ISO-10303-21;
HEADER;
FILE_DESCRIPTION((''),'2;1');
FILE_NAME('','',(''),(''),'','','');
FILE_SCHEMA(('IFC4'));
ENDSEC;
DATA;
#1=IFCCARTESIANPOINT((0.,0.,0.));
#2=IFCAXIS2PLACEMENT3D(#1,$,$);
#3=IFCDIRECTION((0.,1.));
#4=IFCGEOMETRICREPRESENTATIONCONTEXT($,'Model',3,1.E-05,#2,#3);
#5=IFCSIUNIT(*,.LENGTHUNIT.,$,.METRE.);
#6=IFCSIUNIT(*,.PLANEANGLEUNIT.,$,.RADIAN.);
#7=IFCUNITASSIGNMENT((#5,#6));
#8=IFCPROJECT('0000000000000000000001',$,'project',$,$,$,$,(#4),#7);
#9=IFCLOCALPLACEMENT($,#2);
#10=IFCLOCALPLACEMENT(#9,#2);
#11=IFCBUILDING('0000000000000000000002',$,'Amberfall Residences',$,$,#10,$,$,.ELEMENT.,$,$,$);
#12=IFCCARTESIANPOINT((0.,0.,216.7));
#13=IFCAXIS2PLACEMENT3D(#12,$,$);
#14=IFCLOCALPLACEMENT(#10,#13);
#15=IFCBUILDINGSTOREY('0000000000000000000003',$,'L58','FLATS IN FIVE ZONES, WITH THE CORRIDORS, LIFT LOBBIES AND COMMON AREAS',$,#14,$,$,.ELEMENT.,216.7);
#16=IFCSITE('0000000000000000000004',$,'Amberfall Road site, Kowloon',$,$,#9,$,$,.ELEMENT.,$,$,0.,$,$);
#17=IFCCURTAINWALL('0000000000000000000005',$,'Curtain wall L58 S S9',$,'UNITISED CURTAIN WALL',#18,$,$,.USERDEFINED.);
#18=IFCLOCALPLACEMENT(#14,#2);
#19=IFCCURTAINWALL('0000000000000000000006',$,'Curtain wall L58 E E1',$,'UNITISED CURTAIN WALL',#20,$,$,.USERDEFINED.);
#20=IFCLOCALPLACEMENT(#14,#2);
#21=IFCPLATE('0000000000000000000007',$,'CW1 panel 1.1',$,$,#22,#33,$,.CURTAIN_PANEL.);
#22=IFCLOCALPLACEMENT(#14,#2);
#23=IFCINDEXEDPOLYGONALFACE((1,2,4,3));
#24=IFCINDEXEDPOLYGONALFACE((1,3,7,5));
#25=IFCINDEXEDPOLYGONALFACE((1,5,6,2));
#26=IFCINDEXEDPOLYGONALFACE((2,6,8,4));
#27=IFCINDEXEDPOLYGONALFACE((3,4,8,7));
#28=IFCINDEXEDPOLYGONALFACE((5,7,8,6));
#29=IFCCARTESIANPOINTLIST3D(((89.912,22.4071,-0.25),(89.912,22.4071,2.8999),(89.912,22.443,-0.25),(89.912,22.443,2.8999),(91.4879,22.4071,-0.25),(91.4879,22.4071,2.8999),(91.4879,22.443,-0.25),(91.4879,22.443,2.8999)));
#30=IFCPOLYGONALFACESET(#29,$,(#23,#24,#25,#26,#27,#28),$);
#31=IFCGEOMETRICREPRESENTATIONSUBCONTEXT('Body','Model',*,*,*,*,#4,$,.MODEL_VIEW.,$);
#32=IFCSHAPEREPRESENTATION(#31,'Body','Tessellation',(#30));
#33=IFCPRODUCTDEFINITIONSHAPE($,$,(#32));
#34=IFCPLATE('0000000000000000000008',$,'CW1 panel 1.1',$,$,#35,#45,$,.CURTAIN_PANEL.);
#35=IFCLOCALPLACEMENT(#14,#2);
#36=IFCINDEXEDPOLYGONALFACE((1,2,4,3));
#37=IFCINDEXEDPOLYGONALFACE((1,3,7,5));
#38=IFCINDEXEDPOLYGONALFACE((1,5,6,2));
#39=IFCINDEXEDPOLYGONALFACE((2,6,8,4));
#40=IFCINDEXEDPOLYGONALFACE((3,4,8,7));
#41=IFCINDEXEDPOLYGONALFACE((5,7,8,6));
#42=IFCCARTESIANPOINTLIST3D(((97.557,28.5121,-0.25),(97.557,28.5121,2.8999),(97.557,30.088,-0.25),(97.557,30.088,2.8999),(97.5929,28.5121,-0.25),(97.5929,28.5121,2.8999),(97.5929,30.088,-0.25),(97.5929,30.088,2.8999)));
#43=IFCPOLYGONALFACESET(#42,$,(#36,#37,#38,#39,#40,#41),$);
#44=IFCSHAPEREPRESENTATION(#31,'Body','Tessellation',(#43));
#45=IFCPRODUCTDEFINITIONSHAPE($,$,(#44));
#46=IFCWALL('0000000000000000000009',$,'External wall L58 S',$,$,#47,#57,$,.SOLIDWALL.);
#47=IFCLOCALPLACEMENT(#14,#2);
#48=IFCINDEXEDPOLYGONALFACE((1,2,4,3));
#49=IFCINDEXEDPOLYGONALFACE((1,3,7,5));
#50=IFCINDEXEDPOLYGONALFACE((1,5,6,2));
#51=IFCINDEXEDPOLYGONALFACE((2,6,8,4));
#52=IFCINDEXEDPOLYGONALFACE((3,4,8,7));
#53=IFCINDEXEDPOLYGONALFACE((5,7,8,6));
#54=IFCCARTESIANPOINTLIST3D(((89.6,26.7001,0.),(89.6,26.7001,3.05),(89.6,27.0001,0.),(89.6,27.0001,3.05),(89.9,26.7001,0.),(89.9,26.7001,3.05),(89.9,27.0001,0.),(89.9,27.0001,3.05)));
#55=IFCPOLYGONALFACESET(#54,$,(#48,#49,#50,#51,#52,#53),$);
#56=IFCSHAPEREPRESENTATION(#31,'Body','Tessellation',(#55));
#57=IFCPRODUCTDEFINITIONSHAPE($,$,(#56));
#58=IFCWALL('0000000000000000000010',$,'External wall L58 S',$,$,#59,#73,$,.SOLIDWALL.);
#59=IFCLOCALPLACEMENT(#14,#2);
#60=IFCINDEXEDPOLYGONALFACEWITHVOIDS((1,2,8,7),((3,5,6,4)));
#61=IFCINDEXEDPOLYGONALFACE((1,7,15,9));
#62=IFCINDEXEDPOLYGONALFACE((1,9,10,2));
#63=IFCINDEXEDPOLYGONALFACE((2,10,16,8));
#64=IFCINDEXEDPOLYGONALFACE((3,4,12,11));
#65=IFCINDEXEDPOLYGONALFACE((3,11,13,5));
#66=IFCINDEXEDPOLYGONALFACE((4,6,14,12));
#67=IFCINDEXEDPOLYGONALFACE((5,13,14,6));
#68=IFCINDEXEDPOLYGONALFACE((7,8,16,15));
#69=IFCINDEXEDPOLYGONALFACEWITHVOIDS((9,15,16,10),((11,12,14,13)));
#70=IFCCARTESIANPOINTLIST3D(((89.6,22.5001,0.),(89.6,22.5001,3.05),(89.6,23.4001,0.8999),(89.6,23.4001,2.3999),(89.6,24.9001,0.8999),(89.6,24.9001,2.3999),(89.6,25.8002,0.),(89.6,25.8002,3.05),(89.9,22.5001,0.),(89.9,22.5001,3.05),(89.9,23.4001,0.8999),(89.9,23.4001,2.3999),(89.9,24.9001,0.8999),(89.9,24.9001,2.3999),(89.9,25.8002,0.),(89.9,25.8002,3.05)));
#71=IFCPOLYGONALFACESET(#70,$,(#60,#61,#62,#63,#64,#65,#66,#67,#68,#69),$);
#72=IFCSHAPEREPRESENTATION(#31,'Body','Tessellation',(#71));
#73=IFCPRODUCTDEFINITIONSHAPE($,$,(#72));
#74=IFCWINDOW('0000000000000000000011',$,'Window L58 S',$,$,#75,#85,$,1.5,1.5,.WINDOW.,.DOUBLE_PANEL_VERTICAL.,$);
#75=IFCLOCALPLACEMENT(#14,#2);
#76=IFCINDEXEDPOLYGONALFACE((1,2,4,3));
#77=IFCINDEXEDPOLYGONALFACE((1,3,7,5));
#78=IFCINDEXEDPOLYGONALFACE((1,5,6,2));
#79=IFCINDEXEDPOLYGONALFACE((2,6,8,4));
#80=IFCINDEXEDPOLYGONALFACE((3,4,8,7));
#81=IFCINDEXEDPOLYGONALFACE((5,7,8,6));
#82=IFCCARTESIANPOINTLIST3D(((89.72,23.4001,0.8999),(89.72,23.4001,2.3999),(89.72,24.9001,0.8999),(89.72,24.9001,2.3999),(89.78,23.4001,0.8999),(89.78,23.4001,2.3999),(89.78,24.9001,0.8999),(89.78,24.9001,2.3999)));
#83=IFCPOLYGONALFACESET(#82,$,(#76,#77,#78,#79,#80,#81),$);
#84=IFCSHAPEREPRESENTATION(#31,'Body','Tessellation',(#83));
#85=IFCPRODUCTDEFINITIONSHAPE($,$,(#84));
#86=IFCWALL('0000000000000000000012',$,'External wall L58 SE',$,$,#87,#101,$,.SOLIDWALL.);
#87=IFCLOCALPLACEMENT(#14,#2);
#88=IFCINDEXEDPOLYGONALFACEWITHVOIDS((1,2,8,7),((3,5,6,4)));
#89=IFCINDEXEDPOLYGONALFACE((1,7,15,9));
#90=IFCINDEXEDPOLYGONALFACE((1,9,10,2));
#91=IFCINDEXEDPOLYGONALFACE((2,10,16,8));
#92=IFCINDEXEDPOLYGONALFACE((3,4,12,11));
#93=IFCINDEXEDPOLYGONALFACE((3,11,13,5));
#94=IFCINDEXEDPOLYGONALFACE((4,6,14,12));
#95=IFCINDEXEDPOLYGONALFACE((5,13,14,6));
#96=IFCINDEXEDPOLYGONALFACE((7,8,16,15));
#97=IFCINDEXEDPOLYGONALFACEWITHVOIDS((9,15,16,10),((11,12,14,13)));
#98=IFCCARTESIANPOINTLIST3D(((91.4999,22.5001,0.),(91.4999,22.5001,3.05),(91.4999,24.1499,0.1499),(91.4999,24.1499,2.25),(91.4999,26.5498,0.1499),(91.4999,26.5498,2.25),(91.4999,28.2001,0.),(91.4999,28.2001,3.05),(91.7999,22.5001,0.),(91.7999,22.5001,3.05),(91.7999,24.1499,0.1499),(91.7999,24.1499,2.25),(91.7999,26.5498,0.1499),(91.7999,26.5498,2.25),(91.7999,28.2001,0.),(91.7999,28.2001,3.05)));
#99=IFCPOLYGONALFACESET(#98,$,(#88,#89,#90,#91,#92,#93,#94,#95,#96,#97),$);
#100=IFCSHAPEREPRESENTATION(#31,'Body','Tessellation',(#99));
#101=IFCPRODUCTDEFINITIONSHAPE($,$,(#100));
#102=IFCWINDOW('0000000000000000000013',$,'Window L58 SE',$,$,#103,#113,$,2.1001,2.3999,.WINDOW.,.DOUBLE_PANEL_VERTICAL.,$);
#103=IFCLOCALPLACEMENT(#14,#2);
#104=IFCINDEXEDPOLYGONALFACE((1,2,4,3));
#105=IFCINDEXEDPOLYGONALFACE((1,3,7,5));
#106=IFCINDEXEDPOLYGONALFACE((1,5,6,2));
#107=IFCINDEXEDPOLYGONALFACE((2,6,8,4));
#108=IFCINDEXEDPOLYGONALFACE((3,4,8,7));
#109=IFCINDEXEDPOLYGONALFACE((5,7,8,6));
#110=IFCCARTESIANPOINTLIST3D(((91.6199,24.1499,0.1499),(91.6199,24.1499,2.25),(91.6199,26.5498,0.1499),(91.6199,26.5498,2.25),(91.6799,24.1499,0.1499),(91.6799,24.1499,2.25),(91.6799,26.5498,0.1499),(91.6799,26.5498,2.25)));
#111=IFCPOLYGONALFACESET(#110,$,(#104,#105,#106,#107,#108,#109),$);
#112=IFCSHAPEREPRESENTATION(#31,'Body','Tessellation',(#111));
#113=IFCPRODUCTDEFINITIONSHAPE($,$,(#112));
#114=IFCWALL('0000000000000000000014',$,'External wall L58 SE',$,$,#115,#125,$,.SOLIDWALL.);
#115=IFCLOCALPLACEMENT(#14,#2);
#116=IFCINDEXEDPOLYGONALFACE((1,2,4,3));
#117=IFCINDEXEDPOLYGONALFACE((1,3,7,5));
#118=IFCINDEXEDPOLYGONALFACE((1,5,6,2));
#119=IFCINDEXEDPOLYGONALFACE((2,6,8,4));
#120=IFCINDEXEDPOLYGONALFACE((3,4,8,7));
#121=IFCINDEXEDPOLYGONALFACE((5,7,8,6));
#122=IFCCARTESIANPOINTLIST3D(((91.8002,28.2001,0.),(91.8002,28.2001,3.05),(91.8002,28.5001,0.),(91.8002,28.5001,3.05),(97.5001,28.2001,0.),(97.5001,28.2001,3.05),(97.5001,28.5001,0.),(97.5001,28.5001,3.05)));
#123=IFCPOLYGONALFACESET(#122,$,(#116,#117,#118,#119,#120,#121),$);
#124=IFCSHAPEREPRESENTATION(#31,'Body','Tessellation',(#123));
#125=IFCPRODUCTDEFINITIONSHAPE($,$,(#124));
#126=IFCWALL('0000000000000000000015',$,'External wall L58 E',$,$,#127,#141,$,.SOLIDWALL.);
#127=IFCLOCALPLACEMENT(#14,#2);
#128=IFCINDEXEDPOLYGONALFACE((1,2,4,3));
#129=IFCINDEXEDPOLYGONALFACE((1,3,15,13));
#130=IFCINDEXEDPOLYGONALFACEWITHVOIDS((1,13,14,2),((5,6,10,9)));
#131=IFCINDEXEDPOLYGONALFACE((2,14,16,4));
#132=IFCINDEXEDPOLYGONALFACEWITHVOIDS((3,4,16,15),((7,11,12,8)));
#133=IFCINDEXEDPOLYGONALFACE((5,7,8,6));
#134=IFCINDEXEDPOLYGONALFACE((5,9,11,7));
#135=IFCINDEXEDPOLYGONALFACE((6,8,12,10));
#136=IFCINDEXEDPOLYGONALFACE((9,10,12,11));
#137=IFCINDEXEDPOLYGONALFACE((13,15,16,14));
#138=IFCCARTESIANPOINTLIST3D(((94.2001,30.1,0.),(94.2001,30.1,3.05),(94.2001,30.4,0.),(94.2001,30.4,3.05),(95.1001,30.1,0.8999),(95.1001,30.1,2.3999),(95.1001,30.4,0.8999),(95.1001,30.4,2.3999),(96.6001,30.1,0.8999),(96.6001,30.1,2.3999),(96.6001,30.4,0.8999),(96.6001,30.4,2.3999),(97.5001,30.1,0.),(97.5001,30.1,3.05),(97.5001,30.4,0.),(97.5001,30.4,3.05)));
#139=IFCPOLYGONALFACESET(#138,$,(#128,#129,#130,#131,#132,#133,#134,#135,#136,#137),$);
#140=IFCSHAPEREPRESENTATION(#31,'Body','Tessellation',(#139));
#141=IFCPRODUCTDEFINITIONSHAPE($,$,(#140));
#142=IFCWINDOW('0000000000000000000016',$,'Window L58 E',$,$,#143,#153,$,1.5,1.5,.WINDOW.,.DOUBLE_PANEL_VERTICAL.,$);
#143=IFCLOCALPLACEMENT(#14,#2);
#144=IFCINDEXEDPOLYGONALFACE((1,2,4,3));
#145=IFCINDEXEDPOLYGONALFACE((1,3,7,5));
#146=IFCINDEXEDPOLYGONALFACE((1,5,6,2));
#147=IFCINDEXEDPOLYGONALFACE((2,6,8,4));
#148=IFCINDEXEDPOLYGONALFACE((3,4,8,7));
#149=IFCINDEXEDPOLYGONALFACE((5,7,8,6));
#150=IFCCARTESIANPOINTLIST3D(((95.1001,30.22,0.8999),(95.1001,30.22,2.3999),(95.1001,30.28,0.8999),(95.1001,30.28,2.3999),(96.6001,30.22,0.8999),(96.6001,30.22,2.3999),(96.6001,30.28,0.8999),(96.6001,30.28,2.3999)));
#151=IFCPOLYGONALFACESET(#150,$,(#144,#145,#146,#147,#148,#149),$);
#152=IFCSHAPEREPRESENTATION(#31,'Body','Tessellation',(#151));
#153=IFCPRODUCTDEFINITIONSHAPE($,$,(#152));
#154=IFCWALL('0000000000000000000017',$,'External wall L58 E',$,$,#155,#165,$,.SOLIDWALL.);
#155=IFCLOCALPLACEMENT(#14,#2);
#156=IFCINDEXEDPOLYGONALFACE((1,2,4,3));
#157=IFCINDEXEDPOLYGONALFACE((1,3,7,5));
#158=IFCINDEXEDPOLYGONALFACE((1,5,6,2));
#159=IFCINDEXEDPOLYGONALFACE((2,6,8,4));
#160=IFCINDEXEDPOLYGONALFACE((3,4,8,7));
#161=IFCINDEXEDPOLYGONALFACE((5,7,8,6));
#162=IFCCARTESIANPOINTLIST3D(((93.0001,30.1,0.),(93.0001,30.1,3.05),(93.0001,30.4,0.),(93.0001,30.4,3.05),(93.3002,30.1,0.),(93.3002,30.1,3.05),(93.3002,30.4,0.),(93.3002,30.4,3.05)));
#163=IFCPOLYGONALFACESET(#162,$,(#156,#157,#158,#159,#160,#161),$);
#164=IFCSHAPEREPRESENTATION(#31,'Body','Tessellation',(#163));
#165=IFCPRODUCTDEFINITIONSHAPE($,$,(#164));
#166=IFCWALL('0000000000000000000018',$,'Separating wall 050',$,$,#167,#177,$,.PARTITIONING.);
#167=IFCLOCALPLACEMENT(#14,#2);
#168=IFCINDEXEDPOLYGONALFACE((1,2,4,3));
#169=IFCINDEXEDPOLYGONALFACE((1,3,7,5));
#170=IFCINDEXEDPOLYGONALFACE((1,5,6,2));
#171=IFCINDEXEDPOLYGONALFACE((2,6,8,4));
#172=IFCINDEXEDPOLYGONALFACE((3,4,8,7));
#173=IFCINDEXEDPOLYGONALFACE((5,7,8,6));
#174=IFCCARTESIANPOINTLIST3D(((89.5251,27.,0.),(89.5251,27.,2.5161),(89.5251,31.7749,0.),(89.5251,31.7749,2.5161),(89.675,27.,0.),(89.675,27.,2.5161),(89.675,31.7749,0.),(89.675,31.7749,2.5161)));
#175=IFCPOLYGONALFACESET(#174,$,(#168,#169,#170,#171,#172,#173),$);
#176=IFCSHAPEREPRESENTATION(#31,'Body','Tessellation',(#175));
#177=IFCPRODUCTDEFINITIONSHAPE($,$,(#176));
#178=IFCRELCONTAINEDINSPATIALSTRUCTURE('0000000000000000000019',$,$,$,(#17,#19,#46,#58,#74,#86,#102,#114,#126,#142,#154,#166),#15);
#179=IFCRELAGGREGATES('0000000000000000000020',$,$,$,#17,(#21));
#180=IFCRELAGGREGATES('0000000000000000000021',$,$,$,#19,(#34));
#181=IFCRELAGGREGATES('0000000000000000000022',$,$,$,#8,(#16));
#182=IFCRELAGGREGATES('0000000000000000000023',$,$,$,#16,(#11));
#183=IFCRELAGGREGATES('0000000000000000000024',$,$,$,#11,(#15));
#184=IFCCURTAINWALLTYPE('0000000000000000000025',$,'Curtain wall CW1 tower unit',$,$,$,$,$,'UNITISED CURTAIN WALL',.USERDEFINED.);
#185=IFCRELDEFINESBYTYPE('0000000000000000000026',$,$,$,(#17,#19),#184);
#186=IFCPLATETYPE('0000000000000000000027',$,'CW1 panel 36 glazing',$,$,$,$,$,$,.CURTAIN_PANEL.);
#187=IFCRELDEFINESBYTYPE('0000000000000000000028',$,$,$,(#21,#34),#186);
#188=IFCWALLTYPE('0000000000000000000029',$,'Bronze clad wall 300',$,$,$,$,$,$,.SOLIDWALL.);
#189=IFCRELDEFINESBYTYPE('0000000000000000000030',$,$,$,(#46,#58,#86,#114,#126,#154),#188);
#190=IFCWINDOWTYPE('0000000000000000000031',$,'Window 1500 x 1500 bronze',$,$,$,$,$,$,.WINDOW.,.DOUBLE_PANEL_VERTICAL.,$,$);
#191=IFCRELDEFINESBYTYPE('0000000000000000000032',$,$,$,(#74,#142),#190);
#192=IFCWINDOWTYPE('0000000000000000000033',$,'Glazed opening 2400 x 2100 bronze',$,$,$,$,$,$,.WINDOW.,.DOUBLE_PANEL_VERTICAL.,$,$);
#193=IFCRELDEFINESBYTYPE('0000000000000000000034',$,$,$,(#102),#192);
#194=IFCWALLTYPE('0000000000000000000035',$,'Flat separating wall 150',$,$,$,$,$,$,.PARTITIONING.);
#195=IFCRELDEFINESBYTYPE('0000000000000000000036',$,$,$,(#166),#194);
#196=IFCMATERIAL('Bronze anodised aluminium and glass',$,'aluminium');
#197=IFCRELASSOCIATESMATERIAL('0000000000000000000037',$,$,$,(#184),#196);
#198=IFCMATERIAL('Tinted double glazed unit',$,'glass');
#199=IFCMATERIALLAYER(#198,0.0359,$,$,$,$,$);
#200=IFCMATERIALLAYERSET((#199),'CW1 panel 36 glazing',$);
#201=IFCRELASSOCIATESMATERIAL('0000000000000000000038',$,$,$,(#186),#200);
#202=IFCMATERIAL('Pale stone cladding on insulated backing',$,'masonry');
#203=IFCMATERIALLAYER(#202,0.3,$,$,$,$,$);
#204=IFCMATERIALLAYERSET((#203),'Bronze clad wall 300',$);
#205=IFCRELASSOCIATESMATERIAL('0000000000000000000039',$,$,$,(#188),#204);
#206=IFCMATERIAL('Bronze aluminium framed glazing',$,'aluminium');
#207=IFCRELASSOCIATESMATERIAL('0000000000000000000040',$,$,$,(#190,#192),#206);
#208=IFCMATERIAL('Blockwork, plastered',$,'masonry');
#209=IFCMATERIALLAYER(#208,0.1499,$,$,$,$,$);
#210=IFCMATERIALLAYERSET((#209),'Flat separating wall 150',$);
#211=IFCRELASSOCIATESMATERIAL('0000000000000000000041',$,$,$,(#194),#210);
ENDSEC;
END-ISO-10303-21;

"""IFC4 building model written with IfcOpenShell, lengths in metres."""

from ifc_helpers import new_model, si_unit, direction, frame, frame_2d, origin, origin_2d, place, context, subcontext, project, spatial, rectangle, extrude, material, layer, layer_set, type_object, element, fill, aggregate, save


model = new_model("IFC4")

# Units and contexts
model_context = context("Model", 3, precision=1e-05, world=origin(), true_north=direction((0.0, 1.0)))
body_context = subcontext(model_context, "Body", "Model", "MODEL_VIEW")
ifc_project = project(units=[si_unit("LENGTHUNIT", "METRE"), si_unit("PLANEANGLEUNIT", "RADIAN")], contexts=[model_context])

# Site, building, storey
site_placement = place(None, origin())
site = spatial("IfcSite", under=ifc_project, at=site_placement, Name="Amberfall Road site, Kowloon", CompositionType="ELEMENT", RefElevation=0.0)
building_placement = place(site_placement, origin())
building = spatial("IfcBuilding", under=site, at=building_placement, Name="Amberfall Residences", CompositionType="ELEMENT")
storey_placement = place(building_placement, frame((0.0, 0.0, 216.7)))
storey = spatial("IfcBuildingStorey", under=building, at=storey_placement, Name="L58", Description="FLATS IN FIVE ZONES, WITH THE CORRIDORS, LIFT LOBBIES AND COMMON AREAS", CompositionType="ELEMENT", Elevation=216.7)

# Curtain walls
ifc_material_1 = material(Name="Bronze anodised aluminium and glass", Category="aluminium")
curtain_wall_type = type_object("IfcCurtainWallType", Name="Curtain wall CW1 tower unit", ElementType="UNITISED CURTAIN WALL", PredefinedType="USERDEFINED", material=ifc_material_1)
curtain_wall_1_placement = place(storey_placement, origin())
curtain_wall_1 = element("IfcCurtainWall", 1, at=curtain_wall_1_placement, inside=storey, type_object=curtain_wall_type, Name="Curtain wall L58 S S9", ObjectType="UNITISED CURTAIN WALL", PredefinedType="USERDEFINED")
curtain_wall_2_placement = place(storey_placement, origin())
curtain_wall_2 = element("IfcCurtainWall", 2, at=curtain_wall_2_placement, inside=storey, type_object=curtain_wall_type, Name="Curtain wall L58 E E1", ObjectType="UNITISED CURTAIN WALL", PredefinedType="USERDEFINED")

# Plates
ifc_material_2 = material(Name="Tinted double glazed unit", Category="glass")
ifc_layer_1 = layer(ifc_material_2, 0.0359)
ifc_layer_set_1 = layer_set([ifc_layer_1], Name="CW1 panel 36 glazing")
plate_type = type_object("IfcPlateType", Name="CW1 panel 36 glazing", PredefinedType="CURTAIN_PANEL", material=ifc_layer_set_1)
plate_1_placement = place(storey_placement, frame((90.7, 22.425, -0.25), z_axis=(0.0, 0.0, 1.0), x_axis=(1.0, 0.0, 0.0)))
plate_1 = element("IfcPlate", 3, at=plate_1_placement, type_object=plate_type, Name="CW1 panel 1.1", PredefinedType="CURTAIN_PANEL", context=body_context, shape_type="SweptSolid", body=[
    extrude(rectangle(XDim=1.5759, YDim=0.0359, at=origin_2d()), origin(), (0.0, 0.0, 1.0), 3.1499),
])
aggregate(curtain_wall_1, [plate_1])
plate_2_placement = place(storey_placement, frame((97.575, 29.3, -0.25), z_axis=(0.0, 0.0, 1.0), x_axis=(0.0, 1.0, 0.0)))
plate_2 = element("IfcPlate", 4, at=plate_2_placement, type_object=plate_type, Name="CW1 panel 1.1", PredefinedType="CURTAIN_PANEL", context=body_context, shape_type="SweptSolid", body=[
    extrude(rectangle(XDim=1.5759, YDim=0.0359, at=origin_2d()), origin(), (0.0, 0.0, 1.0), 3.1499),
])
aggregate(curtain_wall_2, [plate_2])

# Wall
ifc_material_3 = material(Name="Pale stone cladding on insulated backing", Category="masonry")
ifc_layer_2 = layer(ifc_material_3, 0.3)
ifc_layer_set_2 = layer_set([ifc_layer_2], Name="Bronze clad wall 300")
wall_type_1 = type_object("IfcWallType", Name="Bronze clad wall 300", PredefinedType="SOLIDWALL", material=ifc_layer_set_2)
wall_1_placement = place(storey_placement, frame((89.75, 27.0, 0.0), z_axis=(0.0, 0.0, 1.0), x_axis=(0.0, -1.0, 0.0)))
element("IfcWall", 5, at=wall_1_placement, inside=storey, type_object=wall_type_1, Name="External wall L58 S", PredefinedType="SOLIDWALL", context=body_context, shape_type="SweptSolid", body=[
    extrude(rectangle(XDim=0.3, YDim=0.3, at=frame_2d((0.1499, 0.0))), origin(), (0.0, 0.0, 1.0), 3.05),
])

# Walls, openings, windows
wall_2_placement = place(storey_placement, frame((89.75, 25.8, 0.0), z_axis=(0.0, 0.0, 1.0), x_axis=(0.0, -1.0, 0.0)))
wall_2 = element("IfcWall", 6, at=wall_2_placement, inside=storey, type_object=wall_type_1, Name="External wall L58 S", PredefinedType="SOLIDWALL", context=body_context, shape_type="SweptSolid", body=[
    extrude(rectangle(XDim=3.3, YDim=0.3, at=frame_2d((1.6499, 0.0))), origin(), (0.0, 0.0, 1.0), 3.05),
])
opening_1_placement = place(wall_2_placement, frame((0.8999, 0.0, 0.8999)))
opening_1 = element("IfcOpeningElement", 7, at=opening_1_placement, cuts=wall_2, PredefinedType="OPENING", context=body_context, shape_type="SweptSolid", body=[
    extrude(rectangle(XDim=1.5, YDim=1.5, at=frame_2d((0.75, 0.75))), frame((0.0, 0.1599, 0.0), z_axis=(0.0, -1.0, 0.0), x_axis=(1.0, 0.0, 0.0)), (0.0, 0.0, 1.0), 0.3201),
])
ifc_material_4 = material(Name="Bronze aluminium framed glazing", Category="aluminium")
window_type_1 = type_object("IfcWindowType", Name="Window 1500 x 1500 bronze", PartitioningType="DOUBLE_PANEL_VERTICAL", PredefinedType="WINDOW", material=ifc_material_4)
window_1_placement = place(opening_1_placement, origin())
window_1 = element("IfcWindow", 8, at=window_1_placement, inside=storey, type_object=window_type_1, Name="Window L58 S", OverallHeight=1.5, OverallWidth=1.5, PartitioningType="DOUBLE_PANEL_VERTICAL", PredefinedType="WINDOW", context=body_context, shape_type="SweptSolid", body=[
    extrude(rectangle(XDim=1.5, YDim=1.5, at=frame_2d((0.75, 0.75))), frame((0.0, 0.03, 0.0), z_axis=(0.0, -1.0, 0.0), x_axis=(1.0, 0.0, 0.0)), (0.0, 0.0, 1.0), 0.0601),
])
fill(opening_1, window_1)
wall_3_placement = place(storey_placement, frame((91.6499, 22.5, 0.0), z_axis=(0.0, 0.0, 1.0), x_axis=(0.0, 1.0, 0.0)))
wall_3 = element("IfcWall", 9, at=wall_3_placement, inside=storey, type_object=wall_type_1, Name="External wall L58 SE", PredefinedType="SOLIDWALL", context=body_context, shape_type="SweptSolid", body=[
    extrude(rectangle(XDim=5.7, YDim=0.3, at=frame_2d((2.8501, 0.0))), origin(), (0.0, 0.0, 1.0), 3.05),
])
opening_2_placement = place(wall_3_placement, frame((1.6499, 0.0, 0.1499)))
opening_2 = element("IfcOpeningElement", 10, at=opening_2_placement, cuts=wall_3, PredefinedType="OPENING", context=body_context, shape_type="SweptSolid", body=[
    extrude(rectangle(XDim=2.3999, YDim=2.1001, at=frame_2d((1.2, 1.05))), frame((0.0, 0.1599, 0.0), z_axis=(0.0, -1.0, 0.0), x_axis=(1.0, 0.0, 0.0)), (0.0, 0.0, 1.0), 0.3201),
])
window_type_2 = type_object("IfcWindowType", Name="Glazed opening 2400 x 2100 bronze", PartitioningType="DOUBLE_PANEL_VERTICAL", PredefinedType="WINDOW", material=ifc_material_4)
window_2_placement = place(opening_2_placement, origin())
window_2 = element("IfcWindow", 11, at=window_2_placement, inside=storey, type_object=window_type_2, Name="Window L58 SE", OverallHeight=2.1001, OverallWidth=2.3999, PartitioningType="DOUBLE_PANEL_VERTICAL", PredefinedType="WINDOW", context=body_context, shape_type="SweptSolid", body=[
    extrude(rectangle(XDim=2.3999, YDim=2.1001, at=frame_2d((1.2, 1.05))), frame((0.0, 0.03, 0.0), z_axis=(0.0, -1.0, 0.0), x_axis=(1.0, 0.0, 0.0)), (0.0, 0.0, 1.0), 0.0601),
])
fill(opening_2, window_2)

# Wall
wall_4_placement = place(storey_placement, frame((91.8, 28.3501, 0.0), z_axis=(0.0, 0.0, 1.0), x_axis=(1.0, 0.0, 0.0)))
element("IfcWall", 12, at=wall_4_placement, inside=storey, type_object=wall_type_1, Name="External wall L58 SE", PredefinedType="SOLIDWALL", context=body_context, shape_type="SweptSolid", body=[
    extrude(rectangle(XDim=5.7, YDim=0.3, at=frame_2d((2.8501, 0.0))), origin(), (0.0, 0.0, 1.0), 3.05),
])

# Wall, opening, window
wall_5_placement = place(storey_placement, frame((97.5, 30.25, 0.0), z_axis=(0.0, 0.0, 1.0), x_axis=(-1.0, 0.0, 0.0)))
wall_5 = element("IfcWall", 13, at=wall_5_placement, inside=storey, type_object=wall_type_1, Name="External wall L58 E", PredefinedType="SOLIDWALL", context=body_context, shape_type="SweptSolid", body=[
    extrude(rectangle(XDim=3.3, YDim=0.3, at=frame_2d((1.6499, 0.0))), origin(), (0.0, 0.0, 1.0), 3.05),
])
opening_3_placement = place(wall_5_placement, frame((0.8999, 0.0, 0.8999)))
opening_3 = element("IfcOpeningElement", 14, at=opening_3_placement, cuts=wall_5, PredefinedType="OPENING", context=body_context, shape_type="SweptSolid", body=[
    extrude(rectangle(XDim=1.5, YDim=1.5, at=frame_2d((0.75, 0.75))), frame((0.0, 0.1599, 0.0), z_axis=(0.0, -1.0, 0.0), x_axis=(1.0, 0.0, 0.0)), (0.0, 0.0, 1.0), 0.3201),
])
window_3_placement = place(opening_3_placement, origin())
window_3 = element("IfcWindow", 15, at=window_3_placement, inside=storey, type_object=window_type_1, Name="Window L58 E", OverallHeight=1.5, OverallWidth=1.5, PartitioningType="DOUBLE_PANEL_VERTICAL", PredefinedType="WINDOW", context=body_context, shape_type="SweptSolid", body=[
    extrude(rectangle(XDim=1.5, YDim=1.5, at=frame_2d((0.75, 0.75))), frame((0.0, 0.03, 0.0), z_axis=(0.0, -1.0, 0.0), x_axis=(1.0, 0.0, 0.0)), (0.0, 0.0, 1.0), 0.0601),
])
fill(opening_3, window_3)

# Walls
wall_6_placement = place(storey_placement, frame((93.3, 30.25, 0.0), z_axis=(0.0, 0.0, 1.0), x_axis=(-1.0, 0.0, 0.0)))
element("IfcWall", 16, at=wall_6_placement, inside=storey, type_object=wall_type_1, Name="External wall L58 E", PredefinedType="SOLIDWALL", context=body_context, shape_type="SweptSolid", body=[
    extrude(rectangle(XDim=0.3, YDim=0.3, at=frame_2d((0.1499, 0.0))), origin(), (0.0, 0.0, 1.0), 3.05),
])
ifc_material_5 = material(Name="Blockwork, plastered", Category="masonry")
ifc_layer_3 = layer(ifc_material_5, 0.1499)
ifc_layer_set_3 = layer_set([ifc_layer_3], Name="Flat separating wall 150")
wall_type_2 = type_object("IfcWallType", Name="Flat separating wall 150", PredefinedType="PARTITIONING", material=ifc_layer_set_3)
wall_7_placement = place(storey_placement, frame((89.6001, 27.0, 0.0), z_axis=(0.0, 0.0, 1.0), x_axis=(0.0, 1.0, 0.0)))
element("IfcWall", 17, at=wall_7_placement, inside=storey, type_object=wall_type_2, Name="Separating wall 050", PredefinedType="PARTITIONING", context=body_context, shape_type="SweptSolid", body=[
    extrude(rectangle(XDim=4.7749, YDim=0.1499, at=frame_2d((2.3875, 0.0))), origin(), (0.0, 0.0, 1.0), 2.5161),
])

save(model, "model.ifc")
